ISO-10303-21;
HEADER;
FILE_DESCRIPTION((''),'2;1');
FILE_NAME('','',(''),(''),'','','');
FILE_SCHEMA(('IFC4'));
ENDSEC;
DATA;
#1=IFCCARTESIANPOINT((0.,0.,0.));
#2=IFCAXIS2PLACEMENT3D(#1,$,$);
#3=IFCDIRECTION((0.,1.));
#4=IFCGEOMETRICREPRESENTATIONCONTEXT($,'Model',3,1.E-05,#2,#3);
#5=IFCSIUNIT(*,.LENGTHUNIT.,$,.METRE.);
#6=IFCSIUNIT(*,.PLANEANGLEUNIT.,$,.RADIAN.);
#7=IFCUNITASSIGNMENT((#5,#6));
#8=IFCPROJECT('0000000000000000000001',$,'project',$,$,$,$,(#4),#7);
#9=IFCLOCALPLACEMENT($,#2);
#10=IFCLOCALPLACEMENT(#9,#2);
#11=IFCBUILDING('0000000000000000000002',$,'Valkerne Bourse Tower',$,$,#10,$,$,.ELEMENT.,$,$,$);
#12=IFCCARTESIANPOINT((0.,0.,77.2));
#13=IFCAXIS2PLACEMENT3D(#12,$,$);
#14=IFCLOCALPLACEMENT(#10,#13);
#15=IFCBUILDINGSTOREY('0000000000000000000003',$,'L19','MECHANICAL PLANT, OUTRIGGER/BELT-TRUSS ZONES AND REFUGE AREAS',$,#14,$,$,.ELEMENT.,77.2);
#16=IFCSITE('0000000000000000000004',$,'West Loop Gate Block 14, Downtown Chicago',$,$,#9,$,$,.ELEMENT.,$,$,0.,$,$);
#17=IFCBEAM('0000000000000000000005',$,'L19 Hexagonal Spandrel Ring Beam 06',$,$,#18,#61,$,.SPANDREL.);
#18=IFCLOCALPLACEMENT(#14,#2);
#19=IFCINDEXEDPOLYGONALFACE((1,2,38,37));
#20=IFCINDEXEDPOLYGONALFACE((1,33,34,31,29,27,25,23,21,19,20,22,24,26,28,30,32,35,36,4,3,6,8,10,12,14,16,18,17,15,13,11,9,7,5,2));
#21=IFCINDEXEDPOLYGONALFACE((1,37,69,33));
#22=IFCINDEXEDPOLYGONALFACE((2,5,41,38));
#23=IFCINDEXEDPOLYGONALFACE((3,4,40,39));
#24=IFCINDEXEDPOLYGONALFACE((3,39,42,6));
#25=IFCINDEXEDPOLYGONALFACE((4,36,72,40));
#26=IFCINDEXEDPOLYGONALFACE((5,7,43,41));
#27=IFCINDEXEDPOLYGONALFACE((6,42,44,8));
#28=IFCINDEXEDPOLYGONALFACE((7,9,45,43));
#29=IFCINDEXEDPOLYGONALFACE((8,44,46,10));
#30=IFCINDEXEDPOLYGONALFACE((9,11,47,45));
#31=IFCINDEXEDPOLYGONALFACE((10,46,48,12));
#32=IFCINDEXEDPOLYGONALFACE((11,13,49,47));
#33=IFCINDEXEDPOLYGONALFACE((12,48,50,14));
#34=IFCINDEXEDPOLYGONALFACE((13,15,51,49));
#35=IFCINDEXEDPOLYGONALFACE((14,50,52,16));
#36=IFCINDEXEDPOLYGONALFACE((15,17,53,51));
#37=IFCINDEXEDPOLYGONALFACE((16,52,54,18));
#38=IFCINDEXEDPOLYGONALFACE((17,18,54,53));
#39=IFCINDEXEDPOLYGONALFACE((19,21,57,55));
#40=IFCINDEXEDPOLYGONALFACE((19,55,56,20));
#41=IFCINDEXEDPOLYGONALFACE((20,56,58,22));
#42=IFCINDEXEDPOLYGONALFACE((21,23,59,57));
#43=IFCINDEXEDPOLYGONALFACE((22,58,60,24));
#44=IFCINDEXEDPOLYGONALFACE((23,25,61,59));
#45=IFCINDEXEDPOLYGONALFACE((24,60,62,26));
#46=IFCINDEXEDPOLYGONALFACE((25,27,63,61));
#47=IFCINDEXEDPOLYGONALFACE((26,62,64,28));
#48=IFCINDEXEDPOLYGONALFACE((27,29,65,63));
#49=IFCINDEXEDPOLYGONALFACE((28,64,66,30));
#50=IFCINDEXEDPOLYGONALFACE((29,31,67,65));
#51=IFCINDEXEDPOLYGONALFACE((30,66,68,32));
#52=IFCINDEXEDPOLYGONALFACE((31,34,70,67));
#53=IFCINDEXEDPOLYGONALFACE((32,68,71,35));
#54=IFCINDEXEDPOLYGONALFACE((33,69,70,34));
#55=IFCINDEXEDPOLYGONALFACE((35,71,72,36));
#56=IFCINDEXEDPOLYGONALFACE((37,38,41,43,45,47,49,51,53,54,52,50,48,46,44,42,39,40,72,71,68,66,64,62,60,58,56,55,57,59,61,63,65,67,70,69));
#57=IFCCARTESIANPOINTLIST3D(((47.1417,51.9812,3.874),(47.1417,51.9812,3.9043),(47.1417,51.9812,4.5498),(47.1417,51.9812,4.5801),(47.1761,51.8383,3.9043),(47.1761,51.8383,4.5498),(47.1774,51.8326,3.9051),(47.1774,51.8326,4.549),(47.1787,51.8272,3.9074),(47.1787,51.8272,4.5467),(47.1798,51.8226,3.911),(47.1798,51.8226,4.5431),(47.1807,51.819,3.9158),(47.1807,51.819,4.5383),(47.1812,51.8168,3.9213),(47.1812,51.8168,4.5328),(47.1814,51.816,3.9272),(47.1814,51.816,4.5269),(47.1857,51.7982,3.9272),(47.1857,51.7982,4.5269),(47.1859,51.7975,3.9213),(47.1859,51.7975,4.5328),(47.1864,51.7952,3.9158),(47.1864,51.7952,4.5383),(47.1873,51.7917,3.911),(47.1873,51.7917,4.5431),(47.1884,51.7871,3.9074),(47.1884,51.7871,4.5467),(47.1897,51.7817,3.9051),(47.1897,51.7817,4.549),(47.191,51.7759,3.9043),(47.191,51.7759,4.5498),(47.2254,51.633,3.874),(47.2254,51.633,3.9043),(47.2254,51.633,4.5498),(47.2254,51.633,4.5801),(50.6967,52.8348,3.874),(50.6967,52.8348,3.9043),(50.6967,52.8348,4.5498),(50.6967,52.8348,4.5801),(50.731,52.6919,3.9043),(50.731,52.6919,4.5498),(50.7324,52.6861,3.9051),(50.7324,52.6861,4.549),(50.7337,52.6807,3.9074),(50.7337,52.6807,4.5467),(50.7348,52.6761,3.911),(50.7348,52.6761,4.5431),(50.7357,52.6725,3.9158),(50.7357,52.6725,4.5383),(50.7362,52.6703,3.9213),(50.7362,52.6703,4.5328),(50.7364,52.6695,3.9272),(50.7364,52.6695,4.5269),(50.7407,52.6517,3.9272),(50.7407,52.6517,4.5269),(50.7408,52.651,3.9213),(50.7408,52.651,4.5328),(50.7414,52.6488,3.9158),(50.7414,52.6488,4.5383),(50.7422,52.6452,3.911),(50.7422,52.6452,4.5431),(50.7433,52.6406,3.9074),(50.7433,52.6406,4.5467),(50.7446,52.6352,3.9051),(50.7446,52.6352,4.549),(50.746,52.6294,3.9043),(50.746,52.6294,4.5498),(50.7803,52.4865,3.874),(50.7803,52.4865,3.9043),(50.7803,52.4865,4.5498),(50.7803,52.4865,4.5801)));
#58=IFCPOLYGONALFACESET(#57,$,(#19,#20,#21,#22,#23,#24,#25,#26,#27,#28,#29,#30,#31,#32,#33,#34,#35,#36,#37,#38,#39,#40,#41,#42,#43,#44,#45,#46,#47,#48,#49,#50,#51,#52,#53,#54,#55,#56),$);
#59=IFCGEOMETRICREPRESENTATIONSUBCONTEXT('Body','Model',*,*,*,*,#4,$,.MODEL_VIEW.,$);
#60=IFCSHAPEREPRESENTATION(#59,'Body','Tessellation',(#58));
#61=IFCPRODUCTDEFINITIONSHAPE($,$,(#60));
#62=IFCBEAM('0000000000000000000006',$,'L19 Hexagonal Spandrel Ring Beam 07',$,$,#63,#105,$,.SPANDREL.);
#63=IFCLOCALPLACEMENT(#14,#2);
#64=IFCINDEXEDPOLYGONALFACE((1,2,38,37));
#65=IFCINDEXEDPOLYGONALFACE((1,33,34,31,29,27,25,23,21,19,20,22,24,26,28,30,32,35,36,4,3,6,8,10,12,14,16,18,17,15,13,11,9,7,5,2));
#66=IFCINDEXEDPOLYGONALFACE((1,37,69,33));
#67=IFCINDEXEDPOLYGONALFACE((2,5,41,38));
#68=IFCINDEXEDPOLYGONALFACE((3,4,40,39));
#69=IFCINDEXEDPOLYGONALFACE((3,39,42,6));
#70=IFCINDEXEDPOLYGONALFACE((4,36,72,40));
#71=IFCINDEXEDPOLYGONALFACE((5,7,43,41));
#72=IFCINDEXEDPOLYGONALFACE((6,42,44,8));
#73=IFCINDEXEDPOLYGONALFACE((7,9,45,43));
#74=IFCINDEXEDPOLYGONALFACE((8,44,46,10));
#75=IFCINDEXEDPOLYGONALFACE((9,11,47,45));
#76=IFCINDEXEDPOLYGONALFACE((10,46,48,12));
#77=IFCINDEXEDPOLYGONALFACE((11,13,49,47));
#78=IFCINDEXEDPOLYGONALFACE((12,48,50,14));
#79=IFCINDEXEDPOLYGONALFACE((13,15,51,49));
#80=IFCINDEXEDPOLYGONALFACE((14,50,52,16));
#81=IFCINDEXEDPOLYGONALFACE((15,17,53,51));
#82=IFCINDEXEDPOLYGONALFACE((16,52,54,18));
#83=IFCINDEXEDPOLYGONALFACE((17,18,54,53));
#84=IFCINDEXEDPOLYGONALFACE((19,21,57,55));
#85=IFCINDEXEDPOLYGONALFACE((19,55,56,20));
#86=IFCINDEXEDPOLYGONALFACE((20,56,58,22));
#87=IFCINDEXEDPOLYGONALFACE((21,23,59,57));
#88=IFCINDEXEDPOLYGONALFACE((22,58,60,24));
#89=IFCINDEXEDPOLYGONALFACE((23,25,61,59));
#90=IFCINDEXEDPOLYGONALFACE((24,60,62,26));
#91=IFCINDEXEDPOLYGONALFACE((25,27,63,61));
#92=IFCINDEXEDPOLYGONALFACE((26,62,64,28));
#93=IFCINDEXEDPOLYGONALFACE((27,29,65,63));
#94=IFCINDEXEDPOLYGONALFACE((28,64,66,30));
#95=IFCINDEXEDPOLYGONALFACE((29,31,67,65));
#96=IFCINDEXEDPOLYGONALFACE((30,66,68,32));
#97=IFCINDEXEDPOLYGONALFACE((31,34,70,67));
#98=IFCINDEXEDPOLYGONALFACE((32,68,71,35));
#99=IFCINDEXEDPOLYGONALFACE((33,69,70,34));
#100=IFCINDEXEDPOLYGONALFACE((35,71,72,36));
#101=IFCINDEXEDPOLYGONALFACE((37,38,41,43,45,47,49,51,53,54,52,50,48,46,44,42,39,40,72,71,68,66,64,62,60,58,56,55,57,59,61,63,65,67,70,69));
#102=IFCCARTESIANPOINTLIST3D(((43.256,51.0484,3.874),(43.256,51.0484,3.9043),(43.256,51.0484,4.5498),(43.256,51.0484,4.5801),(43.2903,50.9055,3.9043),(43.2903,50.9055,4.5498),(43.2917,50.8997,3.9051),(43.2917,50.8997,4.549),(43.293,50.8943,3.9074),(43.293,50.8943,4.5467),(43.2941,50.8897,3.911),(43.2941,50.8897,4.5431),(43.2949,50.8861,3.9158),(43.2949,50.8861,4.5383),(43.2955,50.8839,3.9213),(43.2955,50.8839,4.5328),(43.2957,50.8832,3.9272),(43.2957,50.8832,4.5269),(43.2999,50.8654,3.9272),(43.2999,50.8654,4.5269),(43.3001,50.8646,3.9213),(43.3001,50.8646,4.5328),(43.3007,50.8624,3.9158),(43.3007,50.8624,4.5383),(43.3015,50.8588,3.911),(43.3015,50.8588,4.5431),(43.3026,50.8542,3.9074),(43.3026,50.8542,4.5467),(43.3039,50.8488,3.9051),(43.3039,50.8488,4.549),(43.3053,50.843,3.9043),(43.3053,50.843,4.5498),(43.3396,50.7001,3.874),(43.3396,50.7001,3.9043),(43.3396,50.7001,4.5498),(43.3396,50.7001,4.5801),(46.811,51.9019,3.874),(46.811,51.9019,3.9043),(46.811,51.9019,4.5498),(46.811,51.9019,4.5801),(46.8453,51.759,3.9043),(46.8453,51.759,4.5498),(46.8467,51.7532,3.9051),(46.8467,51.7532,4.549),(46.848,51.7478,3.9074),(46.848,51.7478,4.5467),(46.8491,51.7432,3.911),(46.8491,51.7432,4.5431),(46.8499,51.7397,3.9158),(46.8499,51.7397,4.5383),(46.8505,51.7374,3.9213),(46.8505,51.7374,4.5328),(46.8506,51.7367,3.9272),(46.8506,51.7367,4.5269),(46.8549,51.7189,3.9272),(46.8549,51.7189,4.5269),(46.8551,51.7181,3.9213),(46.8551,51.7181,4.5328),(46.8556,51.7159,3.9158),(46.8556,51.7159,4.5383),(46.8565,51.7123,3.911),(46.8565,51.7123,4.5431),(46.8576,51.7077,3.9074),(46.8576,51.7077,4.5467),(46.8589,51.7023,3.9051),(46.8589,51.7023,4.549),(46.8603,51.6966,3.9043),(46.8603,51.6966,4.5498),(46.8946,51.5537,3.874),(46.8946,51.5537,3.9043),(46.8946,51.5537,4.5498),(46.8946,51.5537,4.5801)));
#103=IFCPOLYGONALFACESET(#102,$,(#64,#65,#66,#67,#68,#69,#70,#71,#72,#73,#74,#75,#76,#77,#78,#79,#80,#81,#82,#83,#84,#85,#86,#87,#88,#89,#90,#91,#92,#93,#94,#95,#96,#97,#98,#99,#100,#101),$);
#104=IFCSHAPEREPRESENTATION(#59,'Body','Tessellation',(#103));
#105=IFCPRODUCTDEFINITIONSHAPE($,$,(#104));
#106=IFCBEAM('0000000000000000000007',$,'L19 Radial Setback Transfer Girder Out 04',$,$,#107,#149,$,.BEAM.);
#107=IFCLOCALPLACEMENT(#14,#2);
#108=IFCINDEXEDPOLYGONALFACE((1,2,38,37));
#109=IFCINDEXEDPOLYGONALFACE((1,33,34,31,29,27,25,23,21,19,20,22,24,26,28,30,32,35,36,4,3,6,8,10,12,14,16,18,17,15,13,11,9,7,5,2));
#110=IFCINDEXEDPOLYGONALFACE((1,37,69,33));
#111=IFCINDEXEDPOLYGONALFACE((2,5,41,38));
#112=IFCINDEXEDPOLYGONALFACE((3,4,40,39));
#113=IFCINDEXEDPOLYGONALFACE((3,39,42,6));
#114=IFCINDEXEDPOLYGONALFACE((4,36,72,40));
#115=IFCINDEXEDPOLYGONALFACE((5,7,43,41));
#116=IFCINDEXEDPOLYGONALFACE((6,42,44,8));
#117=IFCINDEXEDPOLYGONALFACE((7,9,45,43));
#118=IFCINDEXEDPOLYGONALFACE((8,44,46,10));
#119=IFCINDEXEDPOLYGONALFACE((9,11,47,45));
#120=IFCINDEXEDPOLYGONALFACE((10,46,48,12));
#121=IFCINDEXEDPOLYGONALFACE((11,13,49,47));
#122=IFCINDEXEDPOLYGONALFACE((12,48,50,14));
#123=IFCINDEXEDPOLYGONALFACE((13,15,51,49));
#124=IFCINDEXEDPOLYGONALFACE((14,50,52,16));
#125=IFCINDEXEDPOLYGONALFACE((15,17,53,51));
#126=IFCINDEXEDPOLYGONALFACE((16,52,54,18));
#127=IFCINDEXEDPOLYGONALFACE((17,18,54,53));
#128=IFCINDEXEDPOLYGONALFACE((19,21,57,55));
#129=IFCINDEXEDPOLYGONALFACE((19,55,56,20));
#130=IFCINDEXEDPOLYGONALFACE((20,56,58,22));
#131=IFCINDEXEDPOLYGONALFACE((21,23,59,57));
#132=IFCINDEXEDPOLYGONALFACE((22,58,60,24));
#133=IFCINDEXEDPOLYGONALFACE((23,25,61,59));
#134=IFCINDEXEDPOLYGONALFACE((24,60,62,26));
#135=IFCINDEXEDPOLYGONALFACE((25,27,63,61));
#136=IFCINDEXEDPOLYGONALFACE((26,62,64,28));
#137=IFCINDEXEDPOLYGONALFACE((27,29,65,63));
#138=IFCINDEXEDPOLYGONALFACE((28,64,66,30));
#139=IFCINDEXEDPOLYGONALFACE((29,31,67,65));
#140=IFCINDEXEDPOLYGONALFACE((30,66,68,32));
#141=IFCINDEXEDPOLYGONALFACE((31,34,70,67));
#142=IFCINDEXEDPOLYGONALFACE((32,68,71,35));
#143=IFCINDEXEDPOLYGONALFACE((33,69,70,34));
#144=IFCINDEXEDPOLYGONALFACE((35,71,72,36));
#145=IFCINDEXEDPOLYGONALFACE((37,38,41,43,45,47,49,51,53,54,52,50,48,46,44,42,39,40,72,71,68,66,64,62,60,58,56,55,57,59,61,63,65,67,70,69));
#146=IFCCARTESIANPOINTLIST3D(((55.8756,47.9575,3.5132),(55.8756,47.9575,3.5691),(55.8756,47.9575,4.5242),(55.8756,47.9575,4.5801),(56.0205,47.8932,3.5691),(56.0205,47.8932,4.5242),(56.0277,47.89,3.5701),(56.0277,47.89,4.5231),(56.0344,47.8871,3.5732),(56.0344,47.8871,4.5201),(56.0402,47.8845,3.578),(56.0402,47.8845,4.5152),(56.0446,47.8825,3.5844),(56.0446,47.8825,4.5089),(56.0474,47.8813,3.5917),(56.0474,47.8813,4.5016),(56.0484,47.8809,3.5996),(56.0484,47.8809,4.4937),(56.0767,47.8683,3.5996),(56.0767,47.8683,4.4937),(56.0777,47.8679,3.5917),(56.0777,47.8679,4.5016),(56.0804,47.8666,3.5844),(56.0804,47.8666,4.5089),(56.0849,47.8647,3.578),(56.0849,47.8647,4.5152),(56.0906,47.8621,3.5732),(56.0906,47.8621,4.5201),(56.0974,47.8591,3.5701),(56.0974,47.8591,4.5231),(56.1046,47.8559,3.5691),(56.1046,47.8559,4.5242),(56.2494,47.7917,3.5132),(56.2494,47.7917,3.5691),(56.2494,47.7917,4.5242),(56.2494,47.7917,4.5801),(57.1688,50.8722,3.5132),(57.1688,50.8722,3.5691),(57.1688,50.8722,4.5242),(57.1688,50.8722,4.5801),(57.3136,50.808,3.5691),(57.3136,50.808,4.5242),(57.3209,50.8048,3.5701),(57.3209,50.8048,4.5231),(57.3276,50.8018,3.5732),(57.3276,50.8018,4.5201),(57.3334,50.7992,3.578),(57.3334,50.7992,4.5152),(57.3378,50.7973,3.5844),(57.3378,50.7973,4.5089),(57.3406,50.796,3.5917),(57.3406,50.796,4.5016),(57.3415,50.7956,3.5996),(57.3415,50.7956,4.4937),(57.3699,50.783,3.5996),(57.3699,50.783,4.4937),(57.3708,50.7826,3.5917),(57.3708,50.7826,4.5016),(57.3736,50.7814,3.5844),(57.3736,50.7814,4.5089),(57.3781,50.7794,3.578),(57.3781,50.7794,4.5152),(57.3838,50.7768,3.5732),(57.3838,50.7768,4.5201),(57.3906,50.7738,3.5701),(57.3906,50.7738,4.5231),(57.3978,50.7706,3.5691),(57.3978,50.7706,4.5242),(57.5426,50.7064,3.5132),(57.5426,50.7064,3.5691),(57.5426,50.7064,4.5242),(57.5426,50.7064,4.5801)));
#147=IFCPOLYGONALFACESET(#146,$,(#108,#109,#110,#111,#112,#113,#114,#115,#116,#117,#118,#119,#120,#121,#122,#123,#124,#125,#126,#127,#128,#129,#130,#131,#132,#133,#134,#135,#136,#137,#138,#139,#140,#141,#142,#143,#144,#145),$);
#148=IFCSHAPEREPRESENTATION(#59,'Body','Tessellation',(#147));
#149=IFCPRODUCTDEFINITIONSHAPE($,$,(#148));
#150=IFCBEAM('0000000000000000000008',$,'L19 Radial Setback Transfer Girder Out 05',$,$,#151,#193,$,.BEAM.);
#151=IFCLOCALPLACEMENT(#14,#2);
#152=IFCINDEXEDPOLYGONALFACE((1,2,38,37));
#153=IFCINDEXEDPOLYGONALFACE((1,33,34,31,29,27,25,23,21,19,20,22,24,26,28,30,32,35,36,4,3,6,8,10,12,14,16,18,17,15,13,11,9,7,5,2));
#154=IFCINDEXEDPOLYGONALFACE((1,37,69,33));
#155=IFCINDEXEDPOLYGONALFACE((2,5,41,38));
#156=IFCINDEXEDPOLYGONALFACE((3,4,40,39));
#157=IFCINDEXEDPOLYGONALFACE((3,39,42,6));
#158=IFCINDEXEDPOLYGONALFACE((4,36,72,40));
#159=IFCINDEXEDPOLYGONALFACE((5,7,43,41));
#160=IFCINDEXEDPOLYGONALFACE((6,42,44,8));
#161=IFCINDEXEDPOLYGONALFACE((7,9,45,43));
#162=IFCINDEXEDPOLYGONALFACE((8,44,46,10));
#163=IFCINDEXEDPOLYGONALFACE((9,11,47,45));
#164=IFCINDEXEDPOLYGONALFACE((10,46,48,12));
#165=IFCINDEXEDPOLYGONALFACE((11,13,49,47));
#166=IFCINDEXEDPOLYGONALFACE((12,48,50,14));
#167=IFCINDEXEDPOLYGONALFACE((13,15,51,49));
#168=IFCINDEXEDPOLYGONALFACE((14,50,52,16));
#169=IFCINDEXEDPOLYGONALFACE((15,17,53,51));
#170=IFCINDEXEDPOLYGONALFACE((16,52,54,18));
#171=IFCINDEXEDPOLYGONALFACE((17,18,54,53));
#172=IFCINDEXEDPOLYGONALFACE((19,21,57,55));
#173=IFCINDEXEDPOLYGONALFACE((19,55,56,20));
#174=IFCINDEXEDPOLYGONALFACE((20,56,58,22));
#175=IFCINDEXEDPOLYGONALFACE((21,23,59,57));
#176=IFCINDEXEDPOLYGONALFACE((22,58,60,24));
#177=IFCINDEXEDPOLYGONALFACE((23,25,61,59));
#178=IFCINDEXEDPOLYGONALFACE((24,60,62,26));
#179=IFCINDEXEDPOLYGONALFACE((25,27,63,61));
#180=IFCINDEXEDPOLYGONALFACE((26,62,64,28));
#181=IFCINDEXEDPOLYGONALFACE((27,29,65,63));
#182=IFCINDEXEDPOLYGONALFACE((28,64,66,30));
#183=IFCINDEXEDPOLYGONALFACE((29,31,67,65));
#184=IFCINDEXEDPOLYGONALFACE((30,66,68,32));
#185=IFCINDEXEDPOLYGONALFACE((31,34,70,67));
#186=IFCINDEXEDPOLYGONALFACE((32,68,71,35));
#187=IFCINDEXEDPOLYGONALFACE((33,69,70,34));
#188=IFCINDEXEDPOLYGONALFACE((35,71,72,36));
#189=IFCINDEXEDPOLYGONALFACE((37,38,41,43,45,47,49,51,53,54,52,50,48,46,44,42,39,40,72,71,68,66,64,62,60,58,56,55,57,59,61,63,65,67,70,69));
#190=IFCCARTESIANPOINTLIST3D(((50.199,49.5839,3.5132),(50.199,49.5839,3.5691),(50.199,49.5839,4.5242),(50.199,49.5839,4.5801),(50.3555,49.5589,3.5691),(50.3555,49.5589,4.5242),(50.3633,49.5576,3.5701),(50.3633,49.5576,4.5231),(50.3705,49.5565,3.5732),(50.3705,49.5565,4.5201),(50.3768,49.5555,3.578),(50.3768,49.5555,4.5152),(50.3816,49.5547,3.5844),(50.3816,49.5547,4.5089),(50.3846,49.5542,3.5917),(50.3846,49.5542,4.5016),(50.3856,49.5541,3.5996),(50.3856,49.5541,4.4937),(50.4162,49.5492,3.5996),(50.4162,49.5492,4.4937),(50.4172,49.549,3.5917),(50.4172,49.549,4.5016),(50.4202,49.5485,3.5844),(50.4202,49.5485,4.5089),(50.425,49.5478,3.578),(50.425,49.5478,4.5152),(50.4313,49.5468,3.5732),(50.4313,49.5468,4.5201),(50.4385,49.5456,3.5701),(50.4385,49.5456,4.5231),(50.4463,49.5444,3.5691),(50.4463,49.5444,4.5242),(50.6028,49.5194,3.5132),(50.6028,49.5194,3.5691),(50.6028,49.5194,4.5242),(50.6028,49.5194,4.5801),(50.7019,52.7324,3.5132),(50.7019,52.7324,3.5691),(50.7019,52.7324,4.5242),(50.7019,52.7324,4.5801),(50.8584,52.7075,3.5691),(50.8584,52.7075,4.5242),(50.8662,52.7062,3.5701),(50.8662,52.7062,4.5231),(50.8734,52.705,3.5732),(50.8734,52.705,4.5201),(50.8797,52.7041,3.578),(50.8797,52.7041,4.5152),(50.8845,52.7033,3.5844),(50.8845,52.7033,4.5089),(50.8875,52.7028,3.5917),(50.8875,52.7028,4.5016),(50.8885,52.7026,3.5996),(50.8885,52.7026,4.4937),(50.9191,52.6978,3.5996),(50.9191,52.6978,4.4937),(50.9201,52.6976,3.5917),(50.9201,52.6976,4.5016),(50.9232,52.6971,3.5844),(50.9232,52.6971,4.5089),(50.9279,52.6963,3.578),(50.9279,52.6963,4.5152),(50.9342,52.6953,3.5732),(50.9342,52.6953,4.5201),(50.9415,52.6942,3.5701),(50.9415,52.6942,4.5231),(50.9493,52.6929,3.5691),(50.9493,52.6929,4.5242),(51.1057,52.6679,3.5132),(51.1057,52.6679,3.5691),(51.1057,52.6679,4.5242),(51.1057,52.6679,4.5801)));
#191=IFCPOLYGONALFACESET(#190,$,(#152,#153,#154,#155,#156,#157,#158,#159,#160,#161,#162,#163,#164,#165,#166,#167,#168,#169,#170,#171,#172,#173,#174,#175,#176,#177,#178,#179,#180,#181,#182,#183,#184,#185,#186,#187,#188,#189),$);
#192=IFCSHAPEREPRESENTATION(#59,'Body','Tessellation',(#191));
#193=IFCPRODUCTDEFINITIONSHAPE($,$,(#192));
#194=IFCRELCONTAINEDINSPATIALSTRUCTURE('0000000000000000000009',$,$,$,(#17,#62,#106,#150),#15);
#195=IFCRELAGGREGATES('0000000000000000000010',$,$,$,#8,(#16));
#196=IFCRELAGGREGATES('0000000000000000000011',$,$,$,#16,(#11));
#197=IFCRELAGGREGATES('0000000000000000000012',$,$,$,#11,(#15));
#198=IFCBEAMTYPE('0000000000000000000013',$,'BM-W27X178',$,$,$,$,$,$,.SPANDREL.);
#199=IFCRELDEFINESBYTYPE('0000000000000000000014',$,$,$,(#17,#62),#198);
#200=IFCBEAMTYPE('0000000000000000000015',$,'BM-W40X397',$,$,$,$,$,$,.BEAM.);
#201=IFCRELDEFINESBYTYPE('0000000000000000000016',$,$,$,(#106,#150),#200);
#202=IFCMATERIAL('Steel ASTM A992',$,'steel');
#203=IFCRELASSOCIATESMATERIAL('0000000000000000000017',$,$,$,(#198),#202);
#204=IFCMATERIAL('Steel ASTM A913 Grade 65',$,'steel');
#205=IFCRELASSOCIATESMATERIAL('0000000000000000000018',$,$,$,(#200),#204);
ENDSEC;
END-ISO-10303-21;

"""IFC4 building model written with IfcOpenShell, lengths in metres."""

from ifc_helpers import new_model, si_unit, direction, frame, origin, origin_2d, place, context, subcontext, project, spatial, i_section, extrude, material, material_profile, profile_set, type_object, element, save


model = new_model("IFC4")

# Units and contexts
model_context = context("Model", 3, precision=1e-05, world=origin(), true_north=direction((0.0, 1.0)))
body_context = subcontext(model_context, "Body", "Model", "MODEL_VIEW")
ifc_project = project(units=[si_unit("LENGTHUNIT", "METRE"), si_unit("PLANEANGLEUNIT", "RADIAN")], contexts=[model_context])

# Site, building, storey
site_placement = place(None, origin())
site = spatial("IfcSite", under=ifc_project, at=site_placement, Name="West Loop Gate Block 14, Downtown Chicago", CompositionType="ELEMENT", RefElevation=0.0)
building_placement = place(site_placement, origin())
building = spatial("IfcBuilding", under=site, at=building_placement, Name="Valkerne Bourse Tower", CompositionType="ELEMENT")
storey_placement = place(building_placement, frame((0.0, 0.0, 77.2)))
storey = spatial("IfcBuildingStorey", under=building, at=storey_placement, Name="L19", Description="MECHANICAL PLANT, OUTRIGGER/BELT-TRUSS ZONES AND REFUGE AREAS", CompositionType="ELEMENT", Elevation=77.2)

# Shared definitions
ifc_material_1 = material(Name="Steel ASTM A913 Grade 65", Category="steel")

# Beams
ifc_material_2 = material(Name="Steel ASTM A992", Category="steel")
ifc_material_profile_1 = material_profile(ifc_material_2, i_section(OverallWidth=0.3582, OverallDepth=0.7061, WebThickness=0.0183, FlangeThickness=0.0303, FilletRadius=0.0229, at=origin_2d()), Name="W27X178")
ifc_profile_set_1 = profile_set([ifc_material_profile_1], Name="Steel ASTM A992")
beam_type_1 = type_object("IfcBeamType", Name="BM-W27X178", PredefinedType="SPANDREL", material=ifc_profile_set_1)
for number, where, z_axis, x_axis, name in (
    (1, (50.7385, 52.6606, 4.2271), (-0.972367, -0.233459, 0.0), (0.233459, -0.972367, 0.0), "L19 Hexagonal Spandrel Ring Beam 06"),
    (2, (46.8528, 51.7278, 4.2271), (-0.972367, -0.233459, 0.0), (0.233459, -0.972367, 0.0), "L19 Hexagonal Spandrel Ring Beam 07"),
):
    element("IfcBeam", number, at=place(storey_placement, frame(where, z_axis=z_axis, x_axis=x_axis)), inside=storey, type_object=beam_type_1, Name=name, PredefinedType="SPANDREL", context=body_context, shape_type="SweptSolid", body=[
        extrude(i_section(OverallWidth=0.3582, OverallDepth=0.7061, WebThickness=0.0183, FlangeThickness=0.0303, FilletRadius=0.0229, at=origin_2d()), origin(), (0.0, 0.0, 1.0), 3.656),
    ])
ifc_material_profile_2 = material_profile(ifc_material_1, i_section(OverallWidth=0.4089, OverallDepth=1.0669, WebThickness=0.031, FlangeThickness=0.0559, FilletRadius=0.0305, at=origin_2d()), Name="W40X397")
ifc_profile_set_2 = profile_set([ifc_material_profile_2], Name="Steel ASTM A913 Grade 65")
beam_type_2 = type_object("IfcBeamType", Name="BM-W40X397", PredefinedType="BEAM", material=ifc_profile_set_2)
beam_1_placement = place(storey_placement, frame((57.3557, 50.7893, 4.0466), z_axis=(-0.405549, -0.914073, 0.0), x_axis=(0.914073, -0.405549, 0.0)))
element("IfcBeam", 3, at=beam_1_placement, inside=storey, type_object=beam_type_2, Name="L19 Radial Setback Transfer Girder Out 04", PredefinedType="BEAM", context=body_context, shape_type="SweptSolid", body=[
    extrude(i_section(OverallWidth=0.4089, OverallDepth=1.0669, WebThickness=0.031, FlangeThickness=0.0559, FilletRadius=0.0305, at=origin_2d()), origin(), (0.0, 0.0, 1.0), 3.1887),
])
beam_2_placement = place(storey_placement, frame((50.9038, 52.7002, 4.0466), z_axis=(-0.157728, -0.987483, 0.0), x_axis=(0.987483, -0.157728, 0.0)))
element("IfcBeam", 4, at=beam_2_placement, inside=storey, type_object=beam_type_2, Name="L19 Radial Setback Transfer Girder Out 05", PredefinedType="BEAM", context=body_context, shape_type="SweptSolid", body=[
    extrude(i_section(OverallWidth=0.4089, OverallDepth=1.0669, WebThickness=0.031, FlangeThickness=0.0559, FilletRadius=0.0305, at=origin_2d()), origin(), (0.0, 0.0, 1.0), 3.1885),
])

save(model, "model.ifc")
